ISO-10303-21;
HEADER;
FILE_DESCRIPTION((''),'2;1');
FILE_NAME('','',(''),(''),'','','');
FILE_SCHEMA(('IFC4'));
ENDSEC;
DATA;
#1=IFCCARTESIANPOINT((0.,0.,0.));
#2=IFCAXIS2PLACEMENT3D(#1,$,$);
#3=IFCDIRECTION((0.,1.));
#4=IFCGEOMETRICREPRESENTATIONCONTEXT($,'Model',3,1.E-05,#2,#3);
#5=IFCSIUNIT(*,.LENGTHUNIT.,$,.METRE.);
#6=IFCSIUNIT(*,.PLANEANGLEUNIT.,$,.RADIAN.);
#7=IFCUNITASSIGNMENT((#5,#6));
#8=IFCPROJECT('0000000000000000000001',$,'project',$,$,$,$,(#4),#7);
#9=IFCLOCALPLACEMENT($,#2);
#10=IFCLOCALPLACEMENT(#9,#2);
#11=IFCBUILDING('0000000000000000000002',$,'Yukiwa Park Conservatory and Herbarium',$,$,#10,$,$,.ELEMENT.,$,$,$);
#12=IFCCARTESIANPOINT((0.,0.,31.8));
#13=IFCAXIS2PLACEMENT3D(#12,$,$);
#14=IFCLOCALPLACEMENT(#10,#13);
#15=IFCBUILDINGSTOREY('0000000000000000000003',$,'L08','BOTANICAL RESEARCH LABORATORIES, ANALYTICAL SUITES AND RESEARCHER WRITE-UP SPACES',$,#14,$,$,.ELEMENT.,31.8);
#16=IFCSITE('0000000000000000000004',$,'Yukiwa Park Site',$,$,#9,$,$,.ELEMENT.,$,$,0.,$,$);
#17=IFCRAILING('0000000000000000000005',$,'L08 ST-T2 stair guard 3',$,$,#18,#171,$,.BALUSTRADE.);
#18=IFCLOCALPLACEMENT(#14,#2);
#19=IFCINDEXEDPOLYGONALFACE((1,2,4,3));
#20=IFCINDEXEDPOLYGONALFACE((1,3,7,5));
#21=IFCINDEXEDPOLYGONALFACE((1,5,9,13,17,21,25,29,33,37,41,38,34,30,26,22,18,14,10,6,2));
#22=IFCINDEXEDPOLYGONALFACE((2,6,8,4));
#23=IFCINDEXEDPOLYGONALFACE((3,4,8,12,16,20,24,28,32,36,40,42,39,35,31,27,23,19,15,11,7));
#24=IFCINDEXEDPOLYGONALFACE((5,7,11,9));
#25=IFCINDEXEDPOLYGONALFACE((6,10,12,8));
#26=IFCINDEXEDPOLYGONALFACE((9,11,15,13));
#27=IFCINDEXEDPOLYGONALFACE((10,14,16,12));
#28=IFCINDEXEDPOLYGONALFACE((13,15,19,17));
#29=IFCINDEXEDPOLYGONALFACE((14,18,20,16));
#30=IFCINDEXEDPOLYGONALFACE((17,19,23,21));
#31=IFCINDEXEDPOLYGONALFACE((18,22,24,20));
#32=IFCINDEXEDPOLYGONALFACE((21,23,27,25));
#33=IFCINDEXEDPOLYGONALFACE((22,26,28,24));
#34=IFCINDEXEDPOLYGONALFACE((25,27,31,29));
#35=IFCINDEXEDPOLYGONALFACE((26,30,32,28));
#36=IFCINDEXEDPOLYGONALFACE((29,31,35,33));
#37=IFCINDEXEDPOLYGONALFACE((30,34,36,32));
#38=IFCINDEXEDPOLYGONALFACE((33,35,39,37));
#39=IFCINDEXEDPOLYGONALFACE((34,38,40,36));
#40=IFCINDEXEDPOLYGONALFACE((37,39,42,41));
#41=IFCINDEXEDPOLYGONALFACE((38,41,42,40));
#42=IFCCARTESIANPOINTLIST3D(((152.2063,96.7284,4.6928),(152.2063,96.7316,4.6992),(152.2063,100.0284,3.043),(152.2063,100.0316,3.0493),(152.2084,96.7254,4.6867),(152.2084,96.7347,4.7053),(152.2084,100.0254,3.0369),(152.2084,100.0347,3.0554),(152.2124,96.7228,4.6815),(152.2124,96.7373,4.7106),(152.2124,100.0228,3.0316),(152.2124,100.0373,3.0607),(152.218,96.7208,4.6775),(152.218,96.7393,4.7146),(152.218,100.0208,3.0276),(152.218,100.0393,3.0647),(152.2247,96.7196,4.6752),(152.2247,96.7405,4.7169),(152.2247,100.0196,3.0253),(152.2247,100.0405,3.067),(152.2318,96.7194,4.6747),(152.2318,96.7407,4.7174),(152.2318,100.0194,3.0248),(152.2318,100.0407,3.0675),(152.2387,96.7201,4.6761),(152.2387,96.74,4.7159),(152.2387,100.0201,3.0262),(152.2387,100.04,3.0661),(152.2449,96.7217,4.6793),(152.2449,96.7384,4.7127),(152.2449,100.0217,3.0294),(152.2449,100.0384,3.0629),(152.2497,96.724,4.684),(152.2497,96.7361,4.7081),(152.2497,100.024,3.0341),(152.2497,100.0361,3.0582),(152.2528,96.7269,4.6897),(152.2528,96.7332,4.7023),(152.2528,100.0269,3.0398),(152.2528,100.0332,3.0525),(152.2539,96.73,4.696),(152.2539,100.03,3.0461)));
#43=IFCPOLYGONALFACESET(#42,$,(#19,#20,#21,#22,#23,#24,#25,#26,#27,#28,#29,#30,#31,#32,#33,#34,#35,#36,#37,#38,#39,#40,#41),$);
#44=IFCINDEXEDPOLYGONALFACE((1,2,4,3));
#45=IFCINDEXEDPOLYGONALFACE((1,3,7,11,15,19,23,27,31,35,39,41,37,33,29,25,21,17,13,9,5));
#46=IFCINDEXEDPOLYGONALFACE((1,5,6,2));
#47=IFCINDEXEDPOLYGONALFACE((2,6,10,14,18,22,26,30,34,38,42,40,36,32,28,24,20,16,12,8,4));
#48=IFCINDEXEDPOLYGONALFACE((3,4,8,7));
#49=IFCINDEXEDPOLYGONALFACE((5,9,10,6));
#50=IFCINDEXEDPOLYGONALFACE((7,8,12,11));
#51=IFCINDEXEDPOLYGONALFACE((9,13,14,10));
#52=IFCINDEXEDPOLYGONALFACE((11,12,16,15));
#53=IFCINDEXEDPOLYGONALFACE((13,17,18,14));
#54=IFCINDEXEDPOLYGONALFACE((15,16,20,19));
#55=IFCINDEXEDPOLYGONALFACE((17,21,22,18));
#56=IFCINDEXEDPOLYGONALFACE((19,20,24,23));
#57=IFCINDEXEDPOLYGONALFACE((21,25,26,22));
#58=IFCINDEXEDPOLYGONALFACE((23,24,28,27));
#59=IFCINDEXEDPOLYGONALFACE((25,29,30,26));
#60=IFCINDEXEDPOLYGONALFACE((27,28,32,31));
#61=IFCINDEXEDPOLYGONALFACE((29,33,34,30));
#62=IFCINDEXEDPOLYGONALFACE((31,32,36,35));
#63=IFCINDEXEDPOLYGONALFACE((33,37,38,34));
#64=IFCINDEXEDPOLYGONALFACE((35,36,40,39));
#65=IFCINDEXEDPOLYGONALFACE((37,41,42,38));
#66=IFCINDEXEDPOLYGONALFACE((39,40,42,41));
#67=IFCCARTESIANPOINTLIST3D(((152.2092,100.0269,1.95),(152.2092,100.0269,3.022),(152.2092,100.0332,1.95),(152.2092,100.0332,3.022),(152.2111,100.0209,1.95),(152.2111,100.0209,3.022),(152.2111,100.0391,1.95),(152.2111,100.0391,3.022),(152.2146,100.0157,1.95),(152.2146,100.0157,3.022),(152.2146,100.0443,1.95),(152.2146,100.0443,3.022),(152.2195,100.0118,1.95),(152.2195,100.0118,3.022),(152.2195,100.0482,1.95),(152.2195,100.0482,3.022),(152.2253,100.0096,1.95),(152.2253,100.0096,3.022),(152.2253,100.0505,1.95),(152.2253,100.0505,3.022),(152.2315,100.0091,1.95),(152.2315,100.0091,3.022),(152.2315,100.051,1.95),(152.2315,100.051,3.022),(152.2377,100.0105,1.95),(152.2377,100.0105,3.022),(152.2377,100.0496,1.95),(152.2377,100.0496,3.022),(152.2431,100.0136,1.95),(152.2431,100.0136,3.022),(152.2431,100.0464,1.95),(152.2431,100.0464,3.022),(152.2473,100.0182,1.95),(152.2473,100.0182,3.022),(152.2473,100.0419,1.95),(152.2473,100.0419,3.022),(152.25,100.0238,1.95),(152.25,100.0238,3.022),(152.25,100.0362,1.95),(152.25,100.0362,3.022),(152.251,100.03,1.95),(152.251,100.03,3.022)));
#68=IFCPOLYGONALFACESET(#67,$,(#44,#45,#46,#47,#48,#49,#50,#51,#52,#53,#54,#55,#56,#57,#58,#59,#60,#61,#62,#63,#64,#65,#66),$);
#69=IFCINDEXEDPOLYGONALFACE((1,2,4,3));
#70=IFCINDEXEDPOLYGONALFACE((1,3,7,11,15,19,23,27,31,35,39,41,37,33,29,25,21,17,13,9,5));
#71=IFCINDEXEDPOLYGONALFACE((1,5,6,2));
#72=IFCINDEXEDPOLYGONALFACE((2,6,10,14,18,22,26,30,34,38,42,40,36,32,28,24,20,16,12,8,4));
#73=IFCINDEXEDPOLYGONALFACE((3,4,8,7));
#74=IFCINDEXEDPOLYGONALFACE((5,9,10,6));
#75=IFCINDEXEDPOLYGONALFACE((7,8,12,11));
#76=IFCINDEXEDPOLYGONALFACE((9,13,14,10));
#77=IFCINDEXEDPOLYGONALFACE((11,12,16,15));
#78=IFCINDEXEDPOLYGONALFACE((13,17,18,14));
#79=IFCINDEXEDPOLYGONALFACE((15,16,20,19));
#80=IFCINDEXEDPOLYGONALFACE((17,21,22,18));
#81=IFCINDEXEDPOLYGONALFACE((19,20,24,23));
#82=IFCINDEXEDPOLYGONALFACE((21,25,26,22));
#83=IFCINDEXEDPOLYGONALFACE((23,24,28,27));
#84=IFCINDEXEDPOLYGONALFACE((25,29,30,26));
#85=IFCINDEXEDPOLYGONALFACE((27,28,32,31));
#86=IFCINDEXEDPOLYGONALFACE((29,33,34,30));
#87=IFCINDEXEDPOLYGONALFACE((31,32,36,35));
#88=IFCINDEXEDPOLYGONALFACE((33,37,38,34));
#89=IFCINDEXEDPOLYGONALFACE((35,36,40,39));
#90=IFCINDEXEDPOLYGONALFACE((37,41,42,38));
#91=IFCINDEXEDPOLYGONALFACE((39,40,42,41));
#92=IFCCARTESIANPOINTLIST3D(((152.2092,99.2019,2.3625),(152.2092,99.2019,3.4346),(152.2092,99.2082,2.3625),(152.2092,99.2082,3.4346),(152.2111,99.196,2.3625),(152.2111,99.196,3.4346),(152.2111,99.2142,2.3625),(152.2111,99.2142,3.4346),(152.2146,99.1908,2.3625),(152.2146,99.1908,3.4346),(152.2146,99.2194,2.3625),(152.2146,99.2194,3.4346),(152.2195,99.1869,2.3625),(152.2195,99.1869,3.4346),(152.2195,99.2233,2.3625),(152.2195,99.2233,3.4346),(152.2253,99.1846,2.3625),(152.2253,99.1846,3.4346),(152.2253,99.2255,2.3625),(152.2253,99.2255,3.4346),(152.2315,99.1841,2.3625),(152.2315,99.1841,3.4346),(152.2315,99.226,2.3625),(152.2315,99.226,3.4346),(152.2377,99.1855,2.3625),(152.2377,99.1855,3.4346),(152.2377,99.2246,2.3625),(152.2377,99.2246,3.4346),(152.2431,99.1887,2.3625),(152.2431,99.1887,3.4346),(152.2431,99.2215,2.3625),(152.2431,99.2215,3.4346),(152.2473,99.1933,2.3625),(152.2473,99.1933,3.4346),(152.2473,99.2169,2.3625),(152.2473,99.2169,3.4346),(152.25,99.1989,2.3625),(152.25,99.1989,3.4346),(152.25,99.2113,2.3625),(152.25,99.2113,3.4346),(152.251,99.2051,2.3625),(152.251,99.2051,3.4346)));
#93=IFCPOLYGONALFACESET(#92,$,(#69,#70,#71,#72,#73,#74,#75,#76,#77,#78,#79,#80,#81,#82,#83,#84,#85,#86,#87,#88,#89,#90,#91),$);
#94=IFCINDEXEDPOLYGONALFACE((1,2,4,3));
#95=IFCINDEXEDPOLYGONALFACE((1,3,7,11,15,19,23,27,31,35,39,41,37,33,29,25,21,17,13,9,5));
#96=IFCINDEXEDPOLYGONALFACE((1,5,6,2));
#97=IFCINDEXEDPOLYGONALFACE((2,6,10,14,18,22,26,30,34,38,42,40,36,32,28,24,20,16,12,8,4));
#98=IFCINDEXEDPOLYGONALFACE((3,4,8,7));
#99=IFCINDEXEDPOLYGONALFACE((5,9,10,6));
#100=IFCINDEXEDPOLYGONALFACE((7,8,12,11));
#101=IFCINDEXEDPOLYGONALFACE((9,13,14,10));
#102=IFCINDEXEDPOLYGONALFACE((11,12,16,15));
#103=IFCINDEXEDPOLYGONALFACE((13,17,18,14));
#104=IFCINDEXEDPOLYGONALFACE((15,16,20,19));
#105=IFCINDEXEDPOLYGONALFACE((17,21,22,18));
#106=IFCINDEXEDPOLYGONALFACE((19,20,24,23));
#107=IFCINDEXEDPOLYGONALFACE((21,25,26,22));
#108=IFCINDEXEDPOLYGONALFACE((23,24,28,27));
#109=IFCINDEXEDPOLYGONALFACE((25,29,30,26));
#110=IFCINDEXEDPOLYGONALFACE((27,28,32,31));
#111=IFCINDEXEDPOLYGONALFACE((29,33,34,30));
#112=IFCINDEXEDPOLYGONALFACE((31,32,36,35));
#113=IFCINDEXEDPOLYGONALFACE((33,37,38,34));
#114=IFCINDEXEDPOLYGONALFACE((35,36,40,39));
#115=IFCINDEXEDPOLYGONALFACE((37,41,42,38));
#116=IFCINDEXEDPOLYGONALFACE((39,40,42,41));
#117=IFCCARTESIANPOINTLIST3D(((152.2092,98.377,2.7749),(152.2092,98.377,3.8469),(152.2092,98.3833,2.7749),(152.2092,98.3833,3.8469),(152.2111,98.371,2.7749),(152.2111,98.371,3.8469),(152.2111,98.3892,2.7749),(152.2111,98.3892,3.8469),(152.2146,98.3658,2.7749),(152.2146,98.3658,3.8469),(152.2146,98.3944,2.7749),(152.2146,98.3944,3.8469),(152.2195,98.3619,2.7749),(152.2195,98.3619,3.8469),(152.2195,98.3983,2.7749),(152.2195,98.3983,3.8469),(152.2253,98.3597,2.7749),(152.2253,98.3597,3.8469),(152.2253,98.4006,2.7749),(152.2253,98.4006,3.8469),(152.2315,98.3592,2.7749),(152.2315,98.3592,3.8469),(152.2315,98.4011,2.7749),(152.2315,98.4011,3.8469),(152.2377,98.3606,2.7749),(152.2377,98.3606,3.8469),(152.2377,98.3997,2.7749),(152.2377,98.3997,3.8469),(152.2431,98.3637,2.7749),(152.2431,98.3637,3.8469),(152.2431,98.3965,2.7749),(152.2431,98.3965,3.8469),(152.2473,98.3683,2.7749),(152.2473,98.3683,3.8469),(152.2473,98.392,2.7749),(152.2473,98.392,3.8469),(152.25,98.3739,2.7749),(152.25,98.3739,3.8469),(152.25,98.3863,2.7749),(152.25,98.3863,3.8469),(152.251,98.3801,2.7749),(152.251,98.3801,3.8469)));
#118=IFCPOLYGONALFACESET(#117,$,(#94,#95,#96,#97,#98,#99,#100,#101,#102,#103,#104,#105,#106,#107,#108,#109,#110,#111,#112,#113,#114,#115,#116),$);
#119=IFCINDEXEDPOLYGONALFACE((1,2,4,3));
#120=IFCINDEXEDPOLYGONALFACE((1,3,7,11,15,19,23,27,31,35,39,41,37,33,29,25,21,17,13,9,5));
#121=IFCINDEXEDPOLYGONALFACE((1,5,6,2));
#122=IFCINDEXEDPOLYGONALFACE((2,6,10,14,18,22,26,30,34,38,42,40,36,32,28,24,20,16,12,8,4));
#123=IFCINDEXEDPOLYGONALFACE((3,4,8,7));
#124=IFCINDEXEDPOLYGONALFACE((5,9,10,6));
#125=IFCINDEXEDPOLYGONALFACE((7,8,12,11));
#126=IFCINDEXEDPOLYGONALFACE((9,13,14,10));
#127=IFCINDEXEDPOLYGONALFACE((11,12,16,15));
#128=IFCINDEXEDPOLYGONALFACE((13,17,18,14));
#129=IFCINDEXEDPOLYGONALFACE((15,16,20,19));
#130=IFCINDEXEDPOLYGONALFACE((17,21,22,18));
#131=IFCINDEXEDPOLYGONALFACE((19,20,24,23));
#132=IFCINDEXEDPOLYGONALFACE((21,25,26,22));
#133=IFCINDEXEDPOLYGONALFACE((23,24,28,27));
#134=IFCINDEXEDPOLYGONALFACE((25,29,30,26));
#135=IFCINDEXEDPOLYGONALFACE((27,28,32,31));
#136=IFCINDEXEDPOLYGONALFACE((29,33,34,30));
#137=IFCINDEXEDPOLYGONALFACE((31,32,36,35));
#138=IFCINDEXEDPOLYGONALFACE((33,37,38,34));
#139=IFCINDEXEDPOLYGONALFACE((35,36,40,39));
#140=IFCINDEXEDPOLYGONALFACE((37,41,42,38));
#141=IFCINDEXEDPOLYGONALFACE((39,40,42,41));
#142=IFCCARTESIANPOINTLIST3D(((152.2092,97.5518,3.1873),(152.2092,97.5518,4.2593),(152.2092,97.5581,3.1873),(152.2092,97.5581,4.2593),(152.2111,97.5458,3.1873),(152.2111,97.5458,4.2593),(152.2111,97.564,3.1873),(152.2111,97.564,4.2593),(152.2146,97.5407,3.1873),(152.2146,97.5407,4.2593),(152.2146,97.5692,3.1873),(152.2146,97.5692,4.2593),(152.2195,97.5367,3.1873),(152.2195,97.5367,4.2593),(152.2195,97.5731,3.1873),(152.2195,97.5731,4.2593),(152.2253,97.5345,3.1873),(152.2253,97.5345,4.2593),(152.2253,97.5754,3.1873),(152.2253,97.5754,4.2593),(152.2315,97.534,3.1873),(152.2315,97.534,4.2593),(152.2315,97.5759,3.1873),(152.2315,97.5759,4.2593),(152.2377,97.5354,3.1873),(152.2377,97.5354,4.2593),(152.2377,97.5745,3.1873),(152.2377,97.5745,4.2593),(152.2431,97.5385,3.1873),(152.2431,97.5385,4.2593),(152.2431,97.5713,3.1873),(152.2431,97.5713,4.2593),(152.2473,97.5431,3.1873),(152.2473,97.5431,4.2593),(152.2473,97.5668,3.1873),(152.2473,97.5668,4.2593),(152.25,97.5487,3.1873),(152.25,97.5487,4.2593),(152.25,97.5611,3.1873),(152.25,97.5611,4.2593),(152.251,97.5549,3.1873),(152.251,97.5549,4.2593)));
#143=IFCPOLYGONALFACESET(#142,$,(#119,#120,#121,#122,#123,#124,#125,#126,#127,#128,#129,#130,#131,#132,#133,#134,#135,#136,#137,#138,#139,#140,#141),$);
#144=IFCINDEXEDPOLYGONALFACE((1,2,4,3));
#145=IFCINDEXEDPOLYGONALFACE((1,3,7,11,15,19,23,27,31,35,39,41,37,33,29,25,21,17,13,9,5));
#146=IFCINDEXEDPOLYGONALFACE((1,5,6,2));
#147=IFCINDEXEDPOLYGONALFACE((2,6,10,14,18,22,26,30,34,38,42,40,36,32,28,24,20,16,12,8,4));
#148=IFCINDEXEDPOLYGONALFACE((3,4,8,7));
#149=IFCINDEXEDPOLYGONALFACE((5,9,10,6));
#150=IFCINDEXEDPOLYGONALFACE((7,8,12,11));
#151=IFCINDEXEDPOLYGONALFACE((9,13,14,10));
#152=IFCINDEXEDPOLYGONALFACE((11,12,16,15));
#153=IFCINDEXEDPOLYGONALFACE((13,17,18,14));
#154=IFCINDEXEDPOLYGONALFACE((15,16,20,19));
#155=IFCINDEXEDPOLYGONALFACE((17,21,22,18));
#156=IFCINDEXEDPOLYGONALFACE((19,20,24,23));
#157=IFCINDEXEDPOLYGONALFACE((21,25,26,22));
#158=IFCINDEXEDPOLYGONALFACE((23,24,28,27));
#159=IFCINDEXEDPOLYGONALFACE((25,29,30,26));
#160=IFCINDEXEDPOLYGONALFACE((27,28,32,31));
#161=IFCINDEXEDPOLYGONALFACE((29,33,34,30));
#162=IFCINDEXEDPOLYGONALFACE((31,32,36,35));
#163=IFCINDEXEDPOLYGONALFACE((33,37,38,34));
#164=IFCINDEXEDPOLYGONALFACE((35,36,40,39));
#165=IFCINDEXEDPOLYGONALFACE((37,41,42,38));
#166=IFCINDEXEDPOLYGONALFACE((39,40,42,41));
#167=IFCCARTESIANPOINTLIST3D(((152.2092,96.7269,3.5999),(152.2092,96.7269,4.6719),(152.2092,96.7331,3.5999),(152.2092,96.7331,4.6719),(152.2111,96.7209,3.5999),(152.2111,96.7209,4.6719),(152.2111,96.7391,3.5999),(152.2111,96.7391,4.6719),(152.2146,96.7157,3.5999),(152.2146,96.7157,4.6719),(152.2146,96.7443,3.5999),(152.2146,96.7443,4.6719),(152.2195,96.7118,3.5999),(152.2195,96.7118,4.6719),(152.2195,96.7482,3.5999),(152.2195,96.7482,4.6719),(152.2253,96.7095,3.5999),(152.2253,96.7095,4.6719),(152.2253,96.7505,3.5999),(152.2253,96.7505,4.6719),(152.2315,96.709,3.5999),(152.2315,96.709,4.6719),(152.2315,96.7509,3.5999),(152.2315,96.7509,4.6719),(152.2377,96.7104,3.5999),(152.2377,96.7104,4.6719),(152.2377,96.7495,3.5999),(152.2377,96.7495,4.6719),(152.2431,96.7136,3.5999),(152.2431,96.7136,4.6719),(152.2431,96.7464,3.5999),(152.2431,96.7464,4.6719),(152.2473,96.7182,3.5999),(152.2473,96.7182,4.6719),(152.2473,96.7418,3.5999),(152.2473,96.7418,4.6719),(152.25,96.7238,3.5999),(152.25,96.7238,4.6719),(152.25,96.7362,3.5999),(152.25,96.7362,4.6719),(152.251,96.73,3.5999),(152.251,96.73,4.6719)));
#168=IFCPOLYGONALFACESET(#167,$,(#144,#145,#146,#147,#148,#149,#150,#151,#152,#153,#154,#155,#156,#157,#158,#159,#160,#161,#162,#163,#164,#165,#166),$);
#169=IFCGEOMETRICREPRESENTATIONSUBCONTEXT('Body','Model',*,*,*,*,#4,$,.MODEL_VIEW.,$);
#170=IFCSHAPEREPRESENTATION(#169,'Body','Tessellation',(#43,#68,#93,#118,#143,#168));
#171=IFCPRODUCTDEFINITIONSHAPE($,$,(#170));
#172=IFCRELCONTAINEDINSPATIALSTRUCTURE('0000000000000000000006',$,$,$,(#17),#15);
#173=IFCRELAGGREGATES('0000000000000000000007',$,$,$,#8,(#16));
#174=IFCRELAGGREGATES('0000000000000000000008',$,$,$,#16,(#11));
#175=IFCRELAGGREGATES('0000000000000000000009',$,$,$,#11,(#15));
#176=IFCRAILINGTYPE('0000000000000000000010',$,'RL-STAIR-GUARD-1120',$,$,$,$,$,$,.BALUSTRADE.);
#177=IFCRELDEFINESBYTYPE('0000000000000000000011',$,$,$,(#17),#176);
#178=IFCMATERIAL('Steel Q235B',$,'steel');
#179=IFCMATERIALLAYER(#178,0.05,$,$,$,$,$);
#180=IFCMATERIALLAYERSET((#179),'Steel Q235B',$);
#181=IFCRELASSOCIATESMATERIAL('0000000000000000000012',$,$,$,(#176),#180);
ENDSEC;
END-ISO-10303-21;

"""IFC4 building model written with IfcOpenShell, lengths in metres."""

from ifc_helpers import new_model, si_unit, direction, frame, origin, origin_2d, place, context, subcontext, project, spatial, circle, extrude, material, layer, layer_set, type_object, element, save


model = new_model("IFC4")

# Units and contexts
model_context = context("Model", 3, precision=1e-05, world=origin(), true_north=direction((0.0, 1.0)))
body_context = subcontext(model_context, "Body", "Model", "MODEL_VIEW")
ifc_project = project(units=[si_unit("LENGTHUNIT", "METRE"), si_unit("PLANEANGLEUNIT", "RADIAN")], contexts=[model_context])

# Site, building, storey
site_placement = place(None, origin())
site = spatial("IfcSite", under=ifc_project, at=site_placement, Name="Yukiwa Park Site", CompositionType="ELEMENT", RefElevation=0.0)
building_placement = place(site_placement, origin())
building = spatial("IfcBuilding", under=site, at=building_placement, Name="Yukiwa Park Conservatory and Herbarium", CompositionType="ELEMENT")
storey_placement = place(building_placement, frame((0.0, 0.0, 31.8)))
storey = spatial("IfcBuildingStorey", under=building, at=storey_placement, Name="L08", Description="BOTANICAL RESEARCH LABORATORIES, ANALYTICAL SUITES AND RESEARCHER WRITE-UP SPACES", CompositionType="ELEMENT", Elevation=31.8)

# Railing
ifc_material_1 = material(Name="Steel Q235B", Category="steel")
ifc_layer_1 = layer(ifc_material_1, 0.05)
ifc_layer_set_1 = layer_set([ifc_layer_1], Name="Steel Q235B")
railing_type_1 = type_object("IfcRailingType", Name="RL-STAIR-GUARD-1120", PredefinedType="BALUSTRADE", material=ifc_layer_set_1)
railing_1_placement = place(storey_placement, frame((152.23, 100.03, 1.95)))
element("IfcRailing", 1, at=railing_1_placement, inside=storey, type_object=railing_type_1, Name="L08 ST-T2 stair guard 3", PredefinedType="BALUSTRADE", context=body_context, shape_type="SweptSolid", body=[
    extrude(circle(Radius=0.0239, at=origin_2d()), frame((0.0, 0.0, 1.0962), z_axis=(0.0, -0.89444, 0.447187), x_axis=(1.0, 0.0, 0.0)), (0.0, 0.0, 1.0), 3.6895),
    extrude(circle(Radius=0.021, at=origin_2d()), origin(), (0.0, 0.0, 1.0), 1.072),
    extrude(circle(Radius=0.021, at=origin_2d()), frame((0.0, -0.825, 0.4126)), (0.0, 0.0, 1.0), 1.072),
    extrude(circle(Radius=0.021, at=origin_2d()), frame((0.0, -1.6499, 0.825)), (0.0, 0.0, 1.0), 1.072),
    extrude(circle(Radius=0.021, at=origin_2d()), frame((0.0, -2.4751, 1.2373)), (0.0, 0.0, 1.0), 1.072),
    extrude(circle(Radius=0.021, at=origin_2d()), frame((0.0, -3.3, 1.6499)), (0.0, 0.0, 1.0), 1.072),
])

save(model, "model.ifc")
